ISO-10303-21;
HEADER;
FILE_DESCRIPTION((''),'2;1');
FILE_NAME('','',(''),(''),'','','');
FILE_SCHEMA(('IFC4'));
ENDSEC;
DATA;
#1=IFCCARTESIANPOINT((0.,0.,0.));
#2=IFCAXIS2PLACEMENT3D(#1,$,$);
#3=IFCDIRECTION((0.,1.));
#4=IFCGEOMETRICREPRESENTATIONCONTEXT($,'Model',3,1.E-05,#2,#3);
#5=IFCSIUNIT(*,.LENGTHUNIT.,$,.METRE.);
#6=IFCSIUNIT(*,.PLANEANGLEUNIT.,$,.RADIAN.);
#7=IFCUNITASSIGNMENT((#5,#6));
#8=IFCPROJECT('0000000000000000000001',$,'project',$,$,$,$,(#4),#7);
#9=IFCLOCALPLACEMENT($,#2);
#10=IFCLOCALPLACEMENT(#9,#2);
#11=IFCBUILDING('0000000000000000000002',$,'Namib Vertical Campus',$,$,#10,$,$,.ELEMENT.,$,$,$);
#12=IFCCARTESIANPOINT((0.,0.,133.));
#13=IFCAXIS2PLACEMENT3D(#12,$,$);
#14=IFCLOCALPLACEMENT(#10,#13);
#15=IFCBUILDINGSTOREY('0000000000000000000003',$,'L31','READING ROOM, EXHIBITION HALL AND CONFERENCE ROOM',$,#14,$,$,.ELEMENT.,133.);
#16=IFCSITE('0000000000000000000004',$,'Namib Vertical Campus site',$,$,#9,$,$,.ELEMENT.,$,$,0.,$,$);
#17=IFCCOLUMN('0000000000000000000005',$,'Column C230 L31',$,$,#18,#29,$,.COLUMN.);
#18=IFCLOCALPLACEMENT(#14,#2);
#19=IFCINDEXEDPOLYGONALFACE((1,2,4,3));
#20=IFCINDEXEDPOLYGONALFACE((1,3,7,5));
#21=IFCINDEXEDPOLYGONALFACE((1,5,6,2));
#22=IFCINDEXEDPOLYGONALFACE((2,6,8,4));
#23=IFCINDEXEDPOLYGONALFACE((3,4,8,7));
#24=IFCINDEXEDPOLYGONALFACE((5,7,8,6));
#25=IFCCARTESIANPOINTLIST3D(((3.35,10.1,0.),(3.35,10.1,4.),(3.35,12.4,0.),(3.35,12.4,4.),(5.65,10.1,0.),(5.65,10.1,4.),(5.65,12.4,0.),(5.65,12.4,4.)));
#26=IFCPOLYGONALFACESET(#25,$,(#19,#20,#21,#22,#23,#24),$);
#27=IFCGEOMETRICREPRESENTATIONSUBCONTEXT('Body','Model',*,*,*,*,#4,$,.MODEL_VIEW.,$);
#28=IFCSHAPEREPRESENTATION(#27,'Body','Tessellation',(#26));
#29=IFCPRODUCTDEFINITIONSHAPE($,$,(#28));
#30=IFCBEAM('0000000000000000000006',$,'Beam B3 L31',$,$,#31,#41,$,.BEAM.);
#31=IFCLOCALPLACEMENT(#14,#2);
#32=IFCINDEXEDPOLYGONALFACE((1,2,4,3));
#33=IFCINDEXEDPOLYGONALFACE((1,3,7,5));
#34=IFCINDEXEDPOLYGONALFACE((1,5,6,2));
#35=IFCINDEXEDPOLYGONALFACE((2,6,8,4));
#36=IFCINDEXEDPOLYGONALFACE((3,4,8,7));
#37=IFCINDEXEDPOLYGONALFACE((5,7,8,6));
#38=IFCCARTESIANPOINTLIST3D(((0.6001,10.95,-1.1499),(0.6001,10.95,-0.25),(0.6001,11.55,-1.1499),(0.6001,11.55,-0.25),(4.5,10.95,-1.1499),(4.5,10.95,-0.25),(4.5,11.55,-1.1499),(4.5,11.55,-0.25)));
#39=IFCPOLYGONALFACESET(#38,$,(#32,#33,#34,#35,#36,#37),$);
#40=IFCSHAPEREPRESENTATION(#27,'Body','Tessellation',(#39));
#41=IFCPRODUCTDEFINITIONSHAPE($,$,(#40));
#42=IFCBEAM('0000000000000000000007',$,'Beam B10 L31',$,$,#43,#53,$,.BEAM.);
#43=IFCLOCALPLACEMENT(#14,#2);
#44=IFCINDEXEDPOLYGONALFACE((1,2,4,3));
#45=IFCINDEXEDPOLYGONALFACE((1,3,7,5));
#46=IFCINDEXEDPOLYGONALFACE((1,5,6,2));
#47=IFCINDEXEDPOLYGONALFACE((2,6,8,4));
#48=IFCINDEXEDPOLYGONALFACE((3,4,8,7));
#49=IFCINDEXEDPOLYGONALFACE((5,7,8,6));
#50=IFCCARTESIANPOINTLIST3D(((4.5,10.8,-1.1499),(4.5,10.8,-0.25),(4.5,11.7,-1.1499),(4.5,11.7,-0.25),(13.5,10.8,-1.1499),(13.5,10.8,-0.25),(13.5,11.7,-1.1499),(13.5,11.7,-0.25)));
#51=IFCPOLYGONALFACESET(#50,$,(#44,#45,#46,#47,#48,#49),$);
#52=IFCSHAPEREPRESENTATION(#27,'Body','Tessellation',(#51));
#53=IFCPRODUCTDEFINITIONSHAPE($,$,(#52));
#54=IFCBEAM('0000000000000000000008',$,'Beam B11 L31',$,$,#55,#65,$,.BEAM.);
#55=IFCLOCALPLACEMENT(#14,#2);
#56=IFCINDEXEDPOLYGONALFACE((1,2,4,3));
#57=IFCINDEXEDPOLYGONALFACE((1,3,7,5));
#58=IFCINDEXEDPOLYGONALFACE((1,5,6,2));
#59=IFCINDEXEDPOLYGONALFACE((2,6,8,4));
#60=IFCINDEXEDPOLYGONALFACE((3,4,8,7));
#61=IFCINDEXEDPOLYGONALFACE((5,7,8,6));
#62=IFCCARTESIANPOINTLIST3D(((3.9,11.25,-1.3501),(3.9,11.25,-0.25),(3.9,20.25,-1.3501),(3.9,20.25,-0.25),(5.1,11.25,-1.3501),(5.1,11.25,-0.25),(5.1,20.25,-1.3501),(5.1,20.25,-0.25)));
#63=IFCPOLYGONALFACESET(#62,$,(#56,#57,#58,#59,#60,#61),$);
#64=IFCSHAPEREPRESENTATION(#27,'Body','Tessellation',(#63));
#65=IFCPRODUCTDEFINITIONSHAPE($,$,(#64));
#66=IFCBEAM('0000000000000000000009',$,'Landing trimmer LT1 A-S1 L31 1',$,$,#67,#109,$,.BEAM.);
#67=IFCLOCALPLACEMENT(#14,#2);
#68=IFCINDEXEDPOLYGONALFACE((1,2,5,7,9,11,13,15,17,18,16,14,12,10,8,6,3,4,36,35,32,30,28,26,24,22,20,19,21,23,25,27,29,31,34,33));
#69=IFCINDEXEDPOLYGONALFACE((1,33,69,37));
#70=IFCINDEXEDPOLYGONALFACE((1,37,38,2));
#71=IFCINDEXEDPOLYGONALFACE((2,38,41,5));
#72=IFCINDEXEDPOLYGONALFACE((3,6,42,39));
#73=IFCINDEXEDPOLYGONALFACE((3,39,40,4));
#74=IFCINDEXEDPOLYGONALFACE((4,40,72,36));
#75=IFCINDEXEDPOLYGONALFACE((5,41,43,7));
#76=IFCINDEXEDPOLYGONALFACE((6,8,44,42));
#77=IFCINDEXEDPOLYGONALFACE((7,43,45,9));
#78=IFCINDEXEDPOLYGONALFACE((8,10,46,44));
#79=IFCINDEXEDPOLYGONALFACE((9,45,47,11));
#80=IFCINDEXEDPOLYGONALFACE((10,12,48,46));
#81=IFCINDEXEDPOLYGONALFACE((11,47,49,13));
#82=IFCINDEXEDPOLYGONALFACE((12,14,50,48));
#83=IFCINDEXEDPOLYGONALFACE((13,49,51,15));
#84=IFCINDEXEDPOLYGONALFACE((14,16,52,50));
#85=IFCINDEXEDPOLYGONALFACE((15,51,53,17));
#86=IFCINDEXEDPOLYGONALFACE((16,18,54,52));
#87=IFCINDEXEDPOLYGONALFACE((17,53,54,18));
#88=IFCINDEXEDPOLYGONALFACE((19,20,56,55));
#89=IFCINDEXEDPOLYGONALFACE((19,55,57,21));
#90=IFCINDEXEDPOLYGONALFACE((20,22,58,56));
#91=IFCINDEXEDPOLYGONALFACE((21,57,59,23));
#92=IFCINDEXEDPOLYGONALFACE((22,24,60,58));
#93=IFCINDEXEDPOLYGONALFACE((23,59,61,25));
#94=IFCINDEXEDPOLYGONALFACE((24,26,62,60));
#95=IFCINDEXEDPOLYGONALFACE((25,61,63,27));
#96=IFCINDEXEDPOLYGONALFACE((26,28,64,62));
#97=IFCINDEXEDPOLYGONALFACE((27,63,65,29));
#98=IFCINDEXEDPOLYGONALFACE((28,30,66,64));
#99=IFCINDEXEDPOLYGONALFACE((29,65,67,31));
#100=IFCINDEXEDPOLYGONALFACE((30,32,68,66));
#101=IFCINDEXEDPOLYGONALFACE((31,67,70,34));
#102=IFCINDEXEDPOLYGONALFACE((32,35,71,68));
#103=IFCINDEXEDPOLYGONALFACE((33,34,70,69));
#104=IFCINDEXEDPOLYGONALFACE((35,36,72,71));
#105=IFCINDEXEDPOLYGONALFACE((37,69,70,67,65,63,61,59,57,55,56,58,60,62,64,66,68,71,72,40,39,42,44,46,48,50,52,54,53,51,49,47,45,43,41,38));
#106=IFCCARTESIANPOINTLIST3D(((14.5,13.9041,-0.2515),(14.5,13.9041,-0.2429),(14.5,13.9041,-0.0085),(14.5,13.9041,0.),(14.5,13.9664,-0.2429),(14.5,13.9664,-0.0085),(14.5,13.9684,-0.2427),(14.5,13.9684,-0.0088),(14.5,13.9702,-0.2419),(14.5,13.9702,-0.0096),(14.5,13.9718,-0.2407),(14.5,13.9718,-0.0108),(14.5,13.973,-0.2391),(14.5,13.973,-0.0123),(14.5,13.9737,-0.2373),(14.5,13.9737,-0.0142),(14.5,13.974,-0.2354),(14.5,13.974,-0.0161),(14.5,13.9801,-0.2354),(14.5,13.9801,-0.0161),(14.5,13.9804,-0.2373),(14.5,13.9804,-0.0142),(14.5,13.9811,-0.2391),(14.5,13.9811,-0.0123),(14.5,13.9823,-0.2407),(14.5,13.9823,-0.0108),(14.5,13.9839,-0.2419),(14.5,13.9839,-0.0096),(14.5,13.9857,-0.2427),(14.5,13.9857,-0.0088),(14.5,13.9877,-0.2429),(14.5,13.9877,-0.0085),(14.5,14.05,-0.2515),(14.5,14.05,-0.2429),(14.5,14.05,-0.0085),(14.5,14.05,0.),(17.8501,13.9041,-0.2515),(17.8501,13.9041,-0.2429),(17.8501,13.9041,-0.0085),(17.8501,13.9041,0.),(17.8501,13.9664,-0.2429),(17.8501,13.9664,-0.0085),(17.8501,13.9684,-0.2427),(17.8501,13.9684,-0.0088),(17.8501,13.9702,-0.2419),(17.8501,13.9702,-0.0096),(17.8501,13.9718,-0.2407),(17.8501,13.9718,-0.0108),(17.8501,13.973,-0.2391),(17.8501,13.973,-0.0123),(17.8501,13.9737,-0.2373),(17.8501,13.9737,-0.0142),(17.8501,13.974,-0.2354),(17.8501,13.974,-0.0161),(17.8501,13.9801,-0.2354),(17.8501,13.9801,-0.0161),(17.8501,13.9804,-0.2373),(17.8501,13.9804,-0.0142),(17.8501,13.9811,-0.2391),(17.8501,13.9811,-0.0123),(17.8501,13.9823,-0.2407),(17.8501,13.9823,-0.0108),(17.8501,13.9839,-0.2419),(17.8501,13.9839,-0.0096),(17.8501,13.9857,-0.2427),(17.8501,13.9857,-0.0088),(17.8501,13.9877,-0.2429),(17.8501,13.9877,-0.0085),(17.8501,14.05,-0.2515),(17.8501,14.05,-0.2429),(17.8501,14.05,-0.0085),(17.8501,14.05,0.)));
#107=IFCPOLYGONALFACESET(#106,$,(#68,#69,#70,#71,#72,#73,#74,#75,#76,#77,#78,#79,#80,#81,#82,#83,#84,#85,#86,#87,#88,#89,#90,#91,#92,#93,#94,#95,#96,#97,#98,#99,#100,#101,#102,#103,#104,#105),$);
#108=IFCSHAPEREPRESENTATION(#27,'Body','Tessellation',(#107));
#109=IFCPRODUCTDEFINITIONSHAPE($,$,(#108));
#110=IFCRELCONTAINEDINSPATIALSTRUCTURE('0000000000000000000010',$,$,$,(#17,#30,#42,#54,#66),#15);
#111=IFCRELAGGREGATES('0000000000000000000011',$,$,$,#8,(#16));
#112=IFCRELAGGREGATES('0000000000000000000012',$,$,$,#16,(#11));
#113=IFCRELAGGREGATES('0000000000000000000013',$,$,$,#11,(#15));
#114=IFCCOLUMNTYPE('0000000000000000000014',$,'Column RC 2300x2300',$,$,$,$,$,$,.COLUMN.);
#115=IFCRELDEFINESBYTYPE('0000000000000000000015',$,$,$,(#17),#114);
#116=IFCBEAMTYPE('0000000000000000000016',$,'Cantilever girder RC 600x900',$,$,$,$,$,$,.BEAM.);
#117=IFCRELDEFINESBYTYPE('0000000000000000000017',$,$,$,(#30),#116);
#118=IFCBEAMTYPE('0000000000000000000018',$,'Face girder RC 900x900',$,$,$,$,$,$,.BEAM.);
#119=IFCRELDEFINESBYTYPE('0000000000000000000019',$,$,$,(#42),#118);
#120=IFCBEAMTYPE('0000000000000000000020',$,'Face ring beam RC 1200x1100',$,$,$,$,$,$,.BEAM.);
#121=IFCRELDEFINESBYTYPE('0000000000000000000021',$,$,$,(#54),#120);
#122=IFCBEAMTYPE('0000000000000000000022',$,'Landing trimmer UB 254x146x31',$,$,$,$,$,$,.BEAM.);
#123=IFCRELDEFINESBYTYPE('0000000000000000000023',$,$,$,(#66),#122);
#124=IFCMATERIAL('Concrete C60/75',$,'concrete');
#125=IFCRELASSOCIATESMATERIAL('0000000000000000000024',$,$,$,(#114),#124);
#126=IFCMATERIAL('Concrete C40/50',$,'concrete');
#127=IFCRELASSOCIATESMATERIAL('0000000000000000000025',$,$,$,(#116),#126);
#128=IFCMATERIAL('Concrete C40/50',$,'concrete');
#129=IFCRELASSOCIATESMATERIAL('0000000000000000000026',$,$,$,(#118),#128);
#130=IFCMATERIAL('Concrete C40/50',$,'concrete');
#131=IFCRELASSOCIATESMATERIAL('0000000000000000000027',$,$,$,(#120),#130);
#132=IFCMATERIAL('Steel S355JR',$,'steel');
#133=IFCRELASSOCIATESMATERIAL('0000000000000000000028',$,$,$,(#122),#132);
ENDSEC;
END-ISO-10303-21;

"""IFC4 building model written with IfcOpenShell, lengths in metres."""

from ifc_helpers import new_model, si_unit, direction, frame, origin, origin_2d, place, context, subcontext, project, spatial, rectangle, i_section, extrude, material, material_profile, profile_set, type_object, element, save


model = new_model("IFC4")

# Units and contexts
model_context = context("Model", 3, precision=1e-05, world=origin(), true_north=direction((0.0, 1.0)))
body_context = subcontext(model_context, "Body", "Model", "MODEL_VIEW")
ifc_project = project(units=[si_unit("LENGTHUNIT", "METRE"), si_unit("PLANEANGLEUNIT", "RADIAN")], contexts=[model_context])

# Site, building, storey
site_placement = place(None, origin())
site = spatial("IfcSite", under=ifc_project, at=site_placement, Name="Namib Vertical Campus site", CompositionType="ELEMENT", RefElevation=0.0)
building_placement = place(site_placement, origin())
building = spatial("IfcBuilding", under=site, at=building_placement, Name="Namib Vertical Campus", CompositionType="ELEMENT")
storey_placement = place(building_placement, frame((0.0, 0.0, 133.0)))
storey = spatial("IfcBuildingStorey", under=building, at=storey_placement, Name="L31", Description="READING ROOM, EXHIBITION HALL AND CONFERENCE ROOM", CompositionType="ELEMENT", Elevation=133.0)

# Column
ifc_material_1 = material(Name="Concrete C60/75", Category="concrete")
ifc_material_profile_1 = material_profile(ifc_material_1, rectangle(XDim=2.3, YDim=2.3, at=origin_2d()))
ifc_profile_set_1 = profile_set([ifc_material_profile_1], Name="Concrete C60/75")
column_type = type_object("IfcColumnType", Name="Column RC 2300x2300", PredefinedType="COLUMN", material=ifc_profile_set_1)
column_placement = place(storey_placement, frame((4.5, 11.25, 0.0), z_axis=(0.0, 0.0, 1.0), x_axis=(1.0, 0.0, 0.0)))
element("IfcColumn", 1, at=column_placement, inside=storey, type_object=column_type, Name="Column C230 L31", PredefinedType="COLUMN", context=body_context, shape_type="SweptSolid", body=[
    extrude(rectangle(XDim=2.3, YDim=2.3, at=origin_2d()), origin(), (0.0, 0.0, 1.0), 4.0),
])

# Beams
ifc_material_2 = material(Name="Concrete C40/50", Category="concrete")
ifc_material_profile_2 = material_profile(ifc_material_2, rectangle(XDim=0.6001, YDim=0.8999, at=origin_2d()))
ifc_profile_set_2 = profile_set([ifc_material_profile_2], Name="Concrete C40/50")
beam_type_1 = type_object("IfcBeamType", Name="Cantilever girder RC 600x900", PredefinedType="BEAM", material=ifc_profile_set_2)
beam_1_placement = place(storey_placement, frame((4.5, 11.25, -0.7), z_axis=(-1.0, 0.0, 0.0), x_axis=(0.0, -1.0, 0.0)))
element("IfcBeam", 2, at=beam_1_placement, inside=storey, type_object=beam_type_1, Name="Beam B3 L31", PredefinedType="BEAM", context=body_context, shape_type="SweptSolid", body=[
    extrude(rectangle(XDim=0.6001, YDim=0.8999, at=origin_2d()), origin(), (0.0, 0.0, 1.0), 3.8999),
])
ifc_material_3 = material(Name="Concrete C40/50", Category="concrete")
ifc_material_profile_3 = material_profile(ifc_material_3, rectangle(XDim=0.8999, YDim=0.8999, at=origin_2d()))
ifc_profile_set_3 = profile_set([ifc_material_profile_3], Name="Concrete C40/50")
beam_type_2 = type_object("IfcBeamType", Name="Face girder RC 900x900", PredefinedType="BEAM", material=ifc_profile_set_3)
beam_2_placement = place(storey_placement, frame((4.5, 11.25, -0.7), z_axis=(1.0, 0.0, 0.0), x_axis=(0.0, 1.0, 0.0)))
element("IfcBeam", 3, at=beam_2_placement, inside=storey, type_object=beam_type_2, Name="Beam B10 L31", PredefinedType="BEAM", context=body_context, shape_type="SweptSolid", body=[
    extrude(rectangle(XDim=0.8999, YDim=0.8999, at=origin_2d()), origin(), (0.0, 0.0, 1.0), 9.0),
])
ifc_material_4 = material(Name="Concrete C40/50", Category="concrete")
ifc_material_profile_4 = material_profile(ifc_material_4, rectangle(XDim=1.2, YDim=1.1001, at=origin_2d()))
ifc_profile_set_4 = profile_set([ifc_material_profile_4], Name="Concrete C40/50")
beam_type_3 = type_object("IfcBeamType", Name="Face ring beam RC 1200x1100", PredefinedType="BEAM", material=ifc_profile_set_4)
beam_3_placement = place(storey_placement, frame((4.5, 11.25, -0.8), z_axis=(0.0, 1.0, 0.0), x_axis=(-1.0, 0.0, 0.0)))
element("IfcBeam", 4, at=beam_3_placement, inside=storey, type_object=beam_type_3, Name="Beam B11 L31", PredefinedType="BEAM", context=body_context, shape_type="SweptSolid", body=[
    extrude(rectangle(XDim=1.2, YDim=1.1001, at=origin_2d()), origin(), (0.0, 0.0, 1.0), 9.0),
])
ifc_material_5 = material(Name="Steel S355JR", Category="steel")
ifc_material_profile_5 = material_profile(ifc_material_5, i_section(OverallWidth=0.146, OverallDepth=0.2515, WebThickness=0.0061, FlangeThickness=0.0085, FilletRadius=0.0076, at=origin_2d()))
ifc_profile_set_5 = profile_set([ifc_material_profile_5], Name="Steel S355JR")
beam_type_4 = type_object("IfcBeamType", Name="Landing trimmer UB 254x146x31", PredefinedType="BEAM", material=ifc_profile_set_5)
beam_4_placement = place(storey_placement, frame((14.5, 13.9771, -0.1257), z_axis=(1.0, 0.0, 0.0), x_axis=(0.0, 1.0, 0.0)))
element("IfcBeam", 5, at=beam_4_placement, inside=storey, type_object=beam_type_4, Name="Landing trimmer LT1 A-S1 L31 1", PredefinedType="BEAM", context=body_context, shape_type="SweptSolid", body=[
    extrude(i_section(OverallWidth=0.146, OverallDepth=0.2515, WebThickness=0.0061, FlangeThickness=0.0085, FilletRadius=0.0076, at=origin_2d()), origin(), (0.0, 0.0, 1.0), 3.3501),
])

save(model, "model.ifc")
